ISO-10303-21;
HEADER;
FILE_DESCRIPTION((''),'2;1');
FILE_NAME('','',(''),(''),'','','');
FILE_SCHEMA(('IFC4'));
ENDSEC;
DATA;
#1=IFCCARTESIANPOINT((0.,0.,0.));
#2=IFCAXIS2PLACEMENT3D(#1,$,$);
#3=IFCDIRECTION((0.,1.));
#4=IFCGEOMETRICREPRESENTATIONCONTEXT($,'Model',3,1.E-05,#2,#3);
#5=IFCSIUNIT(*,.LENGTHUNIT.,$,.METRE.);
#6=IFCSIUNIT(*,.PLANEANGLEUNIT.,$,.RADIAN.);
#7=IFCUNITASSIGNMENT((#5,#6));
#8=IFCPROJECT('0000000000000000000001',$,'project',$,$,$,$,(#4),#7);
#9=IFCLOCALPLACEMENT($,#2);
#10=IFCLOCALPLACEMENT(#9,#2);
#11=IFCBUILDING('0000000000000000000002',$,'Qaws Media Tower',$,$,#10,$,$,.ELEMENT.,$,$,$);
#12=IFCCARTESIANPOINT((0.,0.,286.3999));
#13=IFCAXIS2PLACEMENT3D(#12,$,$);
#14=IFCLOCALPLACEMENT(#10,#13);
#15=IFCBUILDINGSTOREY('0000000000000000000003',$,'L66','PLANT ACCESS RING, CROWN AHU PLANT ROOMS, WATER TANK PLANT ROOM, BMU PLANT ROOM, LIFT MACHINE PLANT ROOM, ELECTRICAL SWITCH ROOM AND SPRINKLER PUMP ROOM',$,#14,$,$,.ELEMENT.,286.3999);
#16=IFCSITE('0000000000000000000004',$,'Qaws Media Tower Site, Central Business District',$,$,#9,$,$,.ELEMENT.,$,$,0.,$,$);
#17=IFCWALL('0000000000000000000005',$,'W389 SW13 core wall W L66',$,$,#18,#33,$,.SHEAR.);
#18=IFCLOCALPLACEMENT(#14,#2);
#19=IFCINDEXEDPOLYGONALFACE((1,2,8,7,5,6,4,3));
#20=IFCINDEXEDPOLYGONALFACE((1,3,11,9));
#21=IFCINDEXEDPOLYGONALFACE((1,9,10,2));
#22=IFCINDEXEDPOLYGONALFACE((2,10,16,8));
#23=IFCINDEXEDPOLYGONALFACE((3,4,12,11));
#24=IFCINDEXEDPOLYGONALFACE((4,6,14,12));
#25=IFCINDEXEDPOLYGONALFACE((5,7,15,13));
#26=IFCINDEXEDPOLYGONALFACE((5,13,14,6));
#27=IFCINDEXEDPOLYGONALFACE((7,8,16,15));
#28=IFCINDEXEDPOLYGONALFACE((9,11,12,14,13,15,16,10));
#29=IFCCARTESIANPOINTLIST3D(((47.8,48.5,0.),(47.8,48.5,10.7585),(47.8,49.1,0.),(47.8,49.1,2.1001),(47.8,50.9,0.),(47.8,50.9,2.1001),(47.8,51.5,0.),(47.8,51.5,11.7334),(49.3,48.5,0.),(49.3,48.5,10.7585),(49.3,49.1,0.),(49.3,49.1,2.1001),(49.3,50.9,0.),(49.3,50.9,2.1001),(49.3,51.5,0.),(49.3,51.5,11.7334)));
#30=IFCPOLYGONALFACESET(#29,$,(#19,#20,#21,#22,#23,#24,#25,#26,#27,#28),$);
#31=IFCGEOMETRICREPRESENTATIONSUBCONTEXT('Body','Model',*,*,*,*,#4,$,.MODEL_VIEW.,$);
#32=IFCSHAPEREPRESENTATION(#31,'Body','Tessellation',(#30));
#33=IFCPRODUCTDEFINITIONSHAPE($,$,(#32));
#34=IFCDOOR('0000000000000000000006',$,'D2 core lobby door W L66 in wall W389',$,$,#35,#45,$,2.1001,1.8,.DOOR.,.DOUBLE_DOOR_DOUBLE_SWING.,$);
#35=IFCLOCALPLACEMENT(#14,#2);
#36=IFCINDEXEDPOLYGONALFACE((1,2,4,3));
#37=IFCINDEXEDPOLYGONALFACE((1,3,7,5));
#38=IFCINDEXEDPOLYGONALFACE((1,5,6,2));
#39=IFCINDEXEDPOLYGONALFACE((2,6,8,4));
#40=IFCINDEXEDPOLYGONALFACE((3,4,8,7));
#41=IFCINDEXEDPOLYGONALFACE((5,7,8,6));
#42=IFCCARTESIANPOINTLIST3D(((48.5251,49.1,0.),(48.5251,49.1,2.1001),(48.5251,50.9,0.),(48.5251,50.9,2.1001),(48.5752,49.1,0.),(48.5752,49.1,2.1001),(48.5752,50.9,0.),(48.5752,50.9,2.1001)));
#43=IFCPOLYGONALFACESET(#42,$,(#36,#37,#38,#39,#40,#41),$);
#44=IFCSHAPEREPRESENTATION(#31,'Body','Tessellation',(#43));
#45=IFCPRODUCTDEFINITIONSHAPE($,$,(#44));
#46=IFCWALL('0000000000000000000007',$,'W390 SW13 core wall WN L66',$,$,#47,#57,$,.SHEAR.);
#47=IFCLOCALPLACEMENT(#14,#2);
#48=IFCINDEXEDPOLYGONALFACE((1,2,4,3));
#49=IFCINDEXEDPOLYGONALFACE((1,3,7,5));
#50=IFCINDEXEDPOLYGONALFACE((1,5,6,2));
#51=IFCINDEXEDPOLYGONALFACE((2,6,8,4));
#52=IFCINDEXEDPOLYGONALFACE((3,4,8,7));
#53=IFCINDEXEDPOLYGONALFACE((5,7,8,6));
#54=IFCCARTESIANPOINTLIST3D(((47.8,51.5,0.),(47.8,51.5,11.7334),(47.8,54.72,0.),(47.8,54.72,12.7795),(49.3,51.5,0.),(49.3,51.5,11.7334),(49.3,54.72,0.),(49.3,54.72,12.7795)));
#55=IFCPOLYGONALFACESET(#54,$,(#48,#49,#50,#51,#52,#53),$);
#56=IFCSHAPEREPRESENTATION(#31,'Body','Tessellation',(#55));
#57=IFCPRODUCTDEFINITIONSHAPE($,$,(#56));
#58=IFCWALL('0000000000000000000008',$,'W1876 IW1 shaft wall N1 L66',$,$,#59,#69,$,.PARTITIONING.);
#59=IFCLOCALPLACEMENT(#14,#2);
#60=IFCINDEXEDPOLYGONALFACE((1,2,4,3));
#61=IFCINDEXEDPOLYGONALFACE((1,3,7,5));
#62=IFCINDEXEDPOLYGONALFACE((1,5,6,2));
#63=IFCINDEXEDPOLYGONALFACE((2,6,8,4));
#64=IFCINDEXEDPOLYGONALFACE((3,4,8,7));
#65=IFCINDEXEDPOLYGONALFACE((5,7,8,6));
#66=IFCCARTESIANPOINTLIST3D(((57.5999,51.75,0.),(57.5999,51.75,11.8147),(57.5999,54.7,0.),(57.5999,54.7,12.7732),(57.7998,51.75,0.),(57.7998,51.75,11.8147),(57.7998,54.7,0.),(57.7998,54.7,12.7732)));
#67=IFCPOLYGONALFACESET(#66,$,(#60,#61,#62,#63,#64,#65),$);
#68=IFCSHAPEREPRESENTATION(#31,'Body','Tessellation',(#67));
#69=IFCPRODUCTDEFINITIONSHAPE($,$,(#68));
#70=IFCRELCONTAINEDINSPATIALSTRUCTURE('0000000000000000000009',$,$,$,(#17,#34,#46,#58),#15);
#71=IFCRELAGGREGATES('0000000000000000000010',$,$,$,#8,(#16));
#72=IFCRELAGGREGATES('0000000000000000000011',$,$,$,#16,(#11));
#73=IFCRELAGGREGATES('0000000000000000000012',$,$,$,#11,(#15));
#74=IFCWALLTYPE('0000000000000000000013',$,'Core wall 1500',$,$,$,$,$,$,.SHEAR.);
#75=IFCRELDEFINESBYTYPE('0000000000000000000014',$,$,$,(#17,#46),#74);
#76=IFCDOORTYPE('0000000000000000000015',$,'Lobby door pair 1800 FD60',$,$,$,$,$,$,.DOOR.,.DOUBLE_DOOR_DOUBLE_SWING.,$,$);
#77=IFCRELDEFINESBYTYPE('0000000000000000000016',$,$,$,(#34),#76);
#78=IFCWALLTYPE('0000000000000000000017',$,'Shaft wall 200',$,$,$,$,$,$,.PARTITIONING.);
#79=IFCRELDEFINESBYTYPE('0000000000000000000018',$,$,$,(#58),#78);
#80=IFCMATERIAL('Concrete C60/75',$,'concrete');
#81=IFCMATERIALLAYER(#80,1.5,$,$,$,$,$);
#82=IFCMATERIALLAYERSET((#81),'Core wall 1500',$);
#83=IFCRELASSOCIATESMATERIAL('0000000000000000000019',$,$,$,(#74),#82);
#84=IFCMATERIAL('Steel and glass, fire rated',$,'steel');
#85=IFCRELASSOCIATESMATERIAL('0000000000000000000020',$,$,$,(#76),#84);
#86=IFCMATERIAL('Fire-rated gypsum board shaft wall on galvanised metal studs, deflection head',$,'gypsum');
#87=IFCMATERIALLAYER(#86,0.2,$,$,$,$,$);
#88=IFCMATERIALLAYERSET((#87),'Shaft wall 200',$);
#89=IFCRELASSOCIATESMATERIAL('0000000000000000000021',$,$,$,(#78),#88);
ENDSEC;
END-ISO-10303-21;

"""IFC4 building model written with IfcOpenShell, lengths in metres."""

from ifc_helpers import new_model, si_unit, direction, frame, frame_2d, origin, place, context, subcontext, project, spatial, polyline, rectangle, outline, extrude, material, layer, layer_set, type_object, element, fill, save


model = new_model("IFC4")

# Units and contexts
model_context = context("Model", 3, precision=1e-05, world=origin(), true_north=direction((0.0, 1.0)))
body_context = subcontext(model_context, "Body", "Model", "MODEL_VIEW")
ifc_project = project(units=[si_unit("LENGTHUNIT", "METRE"), si_unit("PLANEANGLEUNIT", "RADIAN")], contexts=[model_context])

# Site, building, storey
site_placement = place(None, origin())
site = spatial("IfcSite", under=ifc_project, at=site_placement, Name="Qaws Media Tower Site, Central Business District", CompositionType="ELEMENT", RefElevation=0.0)
building_placement = place(site_placement, origin())
building = spatial("IfcBuilding", under=site, at=building_placement, Name="Qaws Media Tower", CompositionType="ELEMENT")
storey_placement = place(building_placement, frame((0.0, 0.0, 286.3999)))
storey = spatial("IfcBuildingStorey", under=building, at=storey_placement, Name="L66", Description="PLANT ACCESS RING, CROWN AHU PLANT ROOMS, WATER TANK PLANT ROOM, BMU PLANT ROOM, LIFT MACHINE PLANT ROOM, ELECTRICAL SWITCH ROOM AND SPRINKLER PUMP ROOM", CompositionType="ELEMENT", Elevation=286.3999)

# Shared definitions
ifc_material_1 = material(Name="Concrete C60/75", Category="concrete")
ifc_layer_1 = layer(ifc_material_1, 1.5)
ifc_layer_set_1 = layer_set([ifc_layer_1], Name="Core wall 1500")
wall_type_1 = type_object("IfcWallType", Name="Core wall 1500", PredefinedType="SHEAR", material=ifc_layer_set_1)

# Wall, opening, door
wall_1_placement = place(storey_placement, frame((48.55, 48.5, 0.0), z_axis=(0.0, 0.0, 1.0), x_axis=(0.0, 1.0, 0.0)))
wall_1 = element("IfcWall", 1, at=wall_1_placement, inside=storey, type_object=wall_type_1, Name="W389 SW13 core wall W L66", PredefinedType="SHEAR", context=body_context, shape_type="SweptSolid", body=[
    extrude(outline(polyline([(0.0, 0.0), (3.0, 0.0), (3.0, 11.7334), (0.0, 10.7585), (0.0, 0.0)])), frame((0.0, 0.75, 0.0), z_axis=(0.0, -1.0, 0.0), x_axis=(1.0, 0.0, 0.0)), (0.0, 0.0, 1.0), 1.5),
])
opening_1_placement = place(wall_1_placement, frame((0.6001, 0.0, 0.0)))
opening_1 = element("IfcOpeningElement", 2, at=opening_1_placement, cuts=wall_1, PredefinedType="OPENING", context=body_context, shape_type="SweptSolid", body=[
    extrude(rectangle(XDim=1.8, YDim=2.1001, at=frame_2d((0.8999, 1.05))), frame((0.0, 0.76, 0.0), z_axis=(0.0, -1.0, 0.0), x_axis=(1.0, 0.0, 0.0)), (0.0, 0.0, 1.0), 1.52),
])
ifc_material_2 = material(Name="Steel and glass, fire rated", Category="steel")
door_type_1 = type_object("IfcDoorType", Name="Lobby door pair 1800 FD60", OperationType="DOUBLE_DOOR_DOUBLE_SWING", PredefinedType="DOOR", material=ifc_material_2)
door_1_placement = place(opening_1_placement, origin())
door_1 = element("IfcDoor", 3, at=door_1_placement, inside=storey, type_object=door_type_1, Name="D2 core lobby door W L66 in wall W389", OperationType="DOUBLE_DOOR_DOUBLE_SWING", OverallHeight=2.1001, OverallWidth=1.8, PredefinedType="DOOR", context=body_context, shape_type="SweptSolid", body=[
    extrude(rectangle(XDim=1.8, YDim=2.1001, at=frame_2d((0.8999, 1.05))), frame((0.0, 0.0249, 0.0), z_axis=(0.0, -1.0, 0.0), x_axis=(1.0, 0.0, 0.0)), (0.0, 0.0, 1.0), 0.05),
])
fill(opening_1, door_1)

# Walls
wall_2_placement = place(storey_placement, frame((48.55, 51.5, 0.0), z_axis=(0.0, 0.0, 1.0), x_axis=(0.0, 1.0, 0.0)))
element("IfcWall", 4, at=wall_2_placement, inside=storey, type_object=wall_type_1, Name="W390 SW13 core wall WN L66", PredefinedType="SHEAR", context=body_context, shape_type="SweptSolid", body=[
    extrude(outline(polyline([(0.0, 0.0), (3.22, 0.0), (3.22, 12.7795), (0.0, 11.7334), (0.0, 0.0)])), frame((0.0, 0.75, 0.0), z_axis=(0.0, -1.0, 0.0), x_axis=(1.0, 0.0, 0.0)), (0.0, 0.0, 1.0), 1.5),
])
ifc_material_3 = material(Name="Fire-rated gypsum board shaft wall on galvanised metal studs, deflection head", Category="gypsum")
ifc_layer_2 = layer(ifc_material_3, 0.2)
ifc_layer_set_2 = layer_set([ifc_layer_2], Name="Shaft wall 200")
wall_type_2 = type_object("IfcWallType", Name="Shaft wall 200", PredefinedType="PARTITIONING", material=ifc_layer_set_2)
wall_3_placement = place(storey_placement, frame((57.7, 51.75, 0.0), z_axis=(0.0, 0.0, 1.0), x_axis=(0.0, 1.0, 0.0)))
element("IfcWall", 5, at=wall_3_placement, inside=storey, type_object=wall_type_2, Name="W1876 IW1 shaft wall N1 L66", PredefinedType="PARTITIONING", context=body_context, shape_type="SweptSolid", body=[
    extrude(outline(polyline([(0.0, 0.0), (2.95, 0.0), (2.95, 12.7732), (0.0, 11.8147), (0.0, 0.0)])), frame((0.0, 0.1001, 0.0), z_axis=(0.0, -1.0, 0.0), x_axis=(1.0, 0.0, 0.0)), (0.0, 0.0, 1.0), 0.2),
])

save(model, "model.ifc")
